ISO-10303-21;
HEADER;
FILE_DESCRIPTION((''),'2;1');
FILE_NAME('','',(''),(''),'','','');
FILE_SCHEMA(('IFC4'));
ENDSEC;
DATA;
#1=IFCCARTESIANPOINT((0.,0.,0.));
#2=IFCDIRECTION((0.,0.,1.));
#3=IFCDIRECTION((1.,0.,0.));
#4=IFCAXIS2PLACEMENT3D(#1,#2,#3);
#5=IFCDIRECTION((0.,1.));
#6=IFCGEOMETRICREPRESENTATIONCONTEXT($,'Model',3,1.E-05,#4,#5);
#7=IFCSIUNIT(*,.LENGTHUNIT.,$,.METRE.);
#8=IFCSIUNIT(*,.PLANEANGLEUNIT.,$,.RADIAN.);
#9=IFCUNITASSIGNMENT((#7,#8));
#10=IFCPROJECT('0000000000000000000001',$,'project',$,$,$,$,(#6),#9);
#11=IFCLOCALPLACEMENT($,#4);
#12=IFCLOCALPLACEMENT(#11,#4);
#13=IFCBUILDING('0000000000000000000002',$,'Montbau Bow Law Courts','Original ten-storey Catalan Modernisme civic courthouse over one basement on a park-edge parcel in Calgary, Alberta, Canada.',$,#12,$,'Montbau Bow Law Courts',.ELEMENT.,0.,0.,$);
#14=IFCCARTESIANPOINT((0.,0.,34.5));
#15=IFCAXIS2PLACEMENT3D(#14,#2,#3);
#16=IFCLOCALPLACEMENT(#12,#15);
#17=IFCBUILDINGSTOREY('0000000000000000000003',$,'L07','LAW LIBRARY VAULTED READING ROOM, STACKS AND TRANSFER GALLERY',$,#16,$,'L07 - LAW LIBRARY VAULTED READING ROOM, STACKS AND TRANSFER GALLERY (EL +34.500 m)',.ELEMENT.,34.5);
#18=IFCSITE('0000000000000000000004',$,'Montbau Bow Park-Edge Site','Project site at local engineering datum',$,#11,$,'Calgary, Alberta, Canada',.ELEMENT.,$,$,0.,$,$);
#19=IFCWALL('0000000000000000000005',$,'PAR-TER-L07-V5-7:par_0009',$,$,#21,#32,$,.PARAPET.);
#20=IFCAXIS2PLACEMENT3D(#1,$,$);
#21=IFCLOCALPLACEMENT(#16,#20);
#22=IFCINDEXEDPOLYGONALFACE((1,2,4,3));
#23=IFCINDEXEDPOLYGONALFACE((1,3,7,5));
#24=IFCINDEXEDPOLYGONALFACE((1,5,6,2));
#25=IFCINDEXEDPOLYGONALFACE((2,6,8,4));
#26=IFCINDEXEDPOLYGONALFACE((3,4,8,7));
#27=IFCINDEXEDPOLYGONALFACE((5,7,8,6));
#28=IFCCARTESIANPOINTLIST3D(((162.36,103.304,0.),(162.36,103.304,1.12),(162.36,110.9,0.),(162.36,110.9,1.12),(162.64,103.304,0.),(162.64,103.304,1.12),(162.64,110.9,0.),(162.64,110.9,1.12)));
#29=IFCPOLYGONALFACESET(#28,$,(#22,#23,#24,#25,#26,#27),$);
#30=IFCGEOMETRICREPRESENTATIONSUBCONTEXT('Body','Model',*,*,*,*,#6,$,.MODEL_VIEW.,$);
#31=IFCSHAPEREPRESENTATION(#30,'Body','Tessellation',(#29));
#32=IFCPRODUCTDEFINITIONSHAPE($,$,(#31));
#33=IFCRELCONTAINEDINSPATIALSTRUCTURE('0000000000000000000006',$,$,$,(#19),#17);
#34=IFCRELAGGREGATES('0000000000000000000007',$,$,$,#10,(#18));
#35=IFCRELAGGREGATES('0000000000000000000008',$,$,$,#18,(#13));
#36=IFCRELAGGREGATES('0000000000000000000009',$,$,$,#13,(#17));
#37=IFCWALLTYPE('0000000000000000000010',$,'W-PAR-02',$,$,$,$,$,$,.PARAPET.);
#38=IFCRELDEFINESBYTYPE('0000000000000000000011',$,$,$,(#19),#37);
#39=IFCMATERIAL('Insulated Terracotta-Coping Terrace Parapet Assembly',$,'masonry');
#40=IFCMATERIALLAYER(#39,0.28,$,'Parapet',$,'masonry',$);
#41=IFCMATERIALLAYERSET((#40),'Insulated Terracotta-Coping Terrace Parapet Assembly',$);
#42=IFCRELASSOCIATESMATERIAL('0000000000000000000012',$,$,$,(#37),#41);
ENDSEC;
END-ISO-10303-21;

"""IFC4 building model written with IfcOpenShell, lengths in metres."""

from ifc_helpers import new_model, si_unit, direction, frame, frame_2d, origin_with_axes, place, context, subcontext, project, spatial, rectangle, extrude, material, layer, layer_set, type_object, element, save


model = new_model("IFC4")

# Units and contexts
model_context = context("Model", 3, precision=1e-05, world=origin_with_axes(), true_north=direction((0.0, 1.0)))
body_context = subcontext(model_context, "Body", "Model", "MODEL_VIEW")
ifc_project = project(units=[si_unit("LENGTHUNIT", "METRE"), si_unit("PLANEANGLEUNIT", "RADIAN")], contexts=[model_context])

# Site, building, storey
site_placement = place(None, origin_with_axes())
site = spatial("IfcSite", under=ifc_project, at=site_placement, Name="Montbau Bow Park-Edge Site", Description="Project site at local engineering datum", LongName="Calgary, Alberta, Canada", CompositionType="ELEMENT", RefElevation=0.0)
building_placement = place(site_placement, origin_with_axes())
building = spatial("IfcBuilding", under=site, at=building_placement, Name="Montbau Bow Law Courts", Description="Original ten-storey Catalan Modernisme civic courthouse over one basement on a park-edge parcel in Calgary, Alberta, Canada.", LongName="Montbau Bow Law Courts", CompositionType="ELEMENT", ElevationOfRefHeight=0.0, ElevationOfTerrain=0.0)
storey_placement = place(building_placement, frame((0.0, 0.0, 34.5), z_axis=(0.0, 0.0, 1.0), x_axis=(1.0, 0.0, 0.0)))
storey = spatial("IfcBuildingStorey", under=building, at=storey_placement, Name="L07", Description="LAW LIBRARY VAULTED READING ROOM, STACKS AND TRANSFER GALLERY", LongName="L07 - LAW LIBRARY VAULTED READING ROOM, STACKS AND TRANSFER GALLERY (EL +34.500 m)", CompositionType="ELEMENT", Elevation=34.5)

# Wall
ifc_material_1 = material(Name="Insulated Terracotta-Coping Terrace Parapet Assembly", Category="masonry")
ifc_layer_1 = layer(ifc_material_1, 0.28, Name="Parapet", Category="masonry")
ifc_layer_set_1 = layer_set([ifc_layer_1], Name="Insulated Terracotta-Coping Terrace Parapet Assembly")
wall_type = type_object("IfcWallType", Name="W-PAR-02", PredefinedType="PARAPET", material=ifc_layer_set_1)
wall_placement = place(None, frame((162.5, 110.9, 34.5), z_axis=(0.0, 0.0, 1.0), x_axis=(0.0, -1.0, 0.0)))
element("IfcWall", 1, at=wall_placement, inside=storey, type_object=wall_type, Name="PAR-TER-L07-V5-7:par_0009", PredefinedType="PARAPET", context=body_context, shape_type="SweptSolid", body=[
    extrude(rectangle(XDim=7.596, YDim=0.28, at=frame_2d((3.798, 0.0), x_axis=(1.0, 0.0))), origin_with_axes(), (0.0, 0.0, 1.0), 1.12),
])

save(model, "model.ifc")
